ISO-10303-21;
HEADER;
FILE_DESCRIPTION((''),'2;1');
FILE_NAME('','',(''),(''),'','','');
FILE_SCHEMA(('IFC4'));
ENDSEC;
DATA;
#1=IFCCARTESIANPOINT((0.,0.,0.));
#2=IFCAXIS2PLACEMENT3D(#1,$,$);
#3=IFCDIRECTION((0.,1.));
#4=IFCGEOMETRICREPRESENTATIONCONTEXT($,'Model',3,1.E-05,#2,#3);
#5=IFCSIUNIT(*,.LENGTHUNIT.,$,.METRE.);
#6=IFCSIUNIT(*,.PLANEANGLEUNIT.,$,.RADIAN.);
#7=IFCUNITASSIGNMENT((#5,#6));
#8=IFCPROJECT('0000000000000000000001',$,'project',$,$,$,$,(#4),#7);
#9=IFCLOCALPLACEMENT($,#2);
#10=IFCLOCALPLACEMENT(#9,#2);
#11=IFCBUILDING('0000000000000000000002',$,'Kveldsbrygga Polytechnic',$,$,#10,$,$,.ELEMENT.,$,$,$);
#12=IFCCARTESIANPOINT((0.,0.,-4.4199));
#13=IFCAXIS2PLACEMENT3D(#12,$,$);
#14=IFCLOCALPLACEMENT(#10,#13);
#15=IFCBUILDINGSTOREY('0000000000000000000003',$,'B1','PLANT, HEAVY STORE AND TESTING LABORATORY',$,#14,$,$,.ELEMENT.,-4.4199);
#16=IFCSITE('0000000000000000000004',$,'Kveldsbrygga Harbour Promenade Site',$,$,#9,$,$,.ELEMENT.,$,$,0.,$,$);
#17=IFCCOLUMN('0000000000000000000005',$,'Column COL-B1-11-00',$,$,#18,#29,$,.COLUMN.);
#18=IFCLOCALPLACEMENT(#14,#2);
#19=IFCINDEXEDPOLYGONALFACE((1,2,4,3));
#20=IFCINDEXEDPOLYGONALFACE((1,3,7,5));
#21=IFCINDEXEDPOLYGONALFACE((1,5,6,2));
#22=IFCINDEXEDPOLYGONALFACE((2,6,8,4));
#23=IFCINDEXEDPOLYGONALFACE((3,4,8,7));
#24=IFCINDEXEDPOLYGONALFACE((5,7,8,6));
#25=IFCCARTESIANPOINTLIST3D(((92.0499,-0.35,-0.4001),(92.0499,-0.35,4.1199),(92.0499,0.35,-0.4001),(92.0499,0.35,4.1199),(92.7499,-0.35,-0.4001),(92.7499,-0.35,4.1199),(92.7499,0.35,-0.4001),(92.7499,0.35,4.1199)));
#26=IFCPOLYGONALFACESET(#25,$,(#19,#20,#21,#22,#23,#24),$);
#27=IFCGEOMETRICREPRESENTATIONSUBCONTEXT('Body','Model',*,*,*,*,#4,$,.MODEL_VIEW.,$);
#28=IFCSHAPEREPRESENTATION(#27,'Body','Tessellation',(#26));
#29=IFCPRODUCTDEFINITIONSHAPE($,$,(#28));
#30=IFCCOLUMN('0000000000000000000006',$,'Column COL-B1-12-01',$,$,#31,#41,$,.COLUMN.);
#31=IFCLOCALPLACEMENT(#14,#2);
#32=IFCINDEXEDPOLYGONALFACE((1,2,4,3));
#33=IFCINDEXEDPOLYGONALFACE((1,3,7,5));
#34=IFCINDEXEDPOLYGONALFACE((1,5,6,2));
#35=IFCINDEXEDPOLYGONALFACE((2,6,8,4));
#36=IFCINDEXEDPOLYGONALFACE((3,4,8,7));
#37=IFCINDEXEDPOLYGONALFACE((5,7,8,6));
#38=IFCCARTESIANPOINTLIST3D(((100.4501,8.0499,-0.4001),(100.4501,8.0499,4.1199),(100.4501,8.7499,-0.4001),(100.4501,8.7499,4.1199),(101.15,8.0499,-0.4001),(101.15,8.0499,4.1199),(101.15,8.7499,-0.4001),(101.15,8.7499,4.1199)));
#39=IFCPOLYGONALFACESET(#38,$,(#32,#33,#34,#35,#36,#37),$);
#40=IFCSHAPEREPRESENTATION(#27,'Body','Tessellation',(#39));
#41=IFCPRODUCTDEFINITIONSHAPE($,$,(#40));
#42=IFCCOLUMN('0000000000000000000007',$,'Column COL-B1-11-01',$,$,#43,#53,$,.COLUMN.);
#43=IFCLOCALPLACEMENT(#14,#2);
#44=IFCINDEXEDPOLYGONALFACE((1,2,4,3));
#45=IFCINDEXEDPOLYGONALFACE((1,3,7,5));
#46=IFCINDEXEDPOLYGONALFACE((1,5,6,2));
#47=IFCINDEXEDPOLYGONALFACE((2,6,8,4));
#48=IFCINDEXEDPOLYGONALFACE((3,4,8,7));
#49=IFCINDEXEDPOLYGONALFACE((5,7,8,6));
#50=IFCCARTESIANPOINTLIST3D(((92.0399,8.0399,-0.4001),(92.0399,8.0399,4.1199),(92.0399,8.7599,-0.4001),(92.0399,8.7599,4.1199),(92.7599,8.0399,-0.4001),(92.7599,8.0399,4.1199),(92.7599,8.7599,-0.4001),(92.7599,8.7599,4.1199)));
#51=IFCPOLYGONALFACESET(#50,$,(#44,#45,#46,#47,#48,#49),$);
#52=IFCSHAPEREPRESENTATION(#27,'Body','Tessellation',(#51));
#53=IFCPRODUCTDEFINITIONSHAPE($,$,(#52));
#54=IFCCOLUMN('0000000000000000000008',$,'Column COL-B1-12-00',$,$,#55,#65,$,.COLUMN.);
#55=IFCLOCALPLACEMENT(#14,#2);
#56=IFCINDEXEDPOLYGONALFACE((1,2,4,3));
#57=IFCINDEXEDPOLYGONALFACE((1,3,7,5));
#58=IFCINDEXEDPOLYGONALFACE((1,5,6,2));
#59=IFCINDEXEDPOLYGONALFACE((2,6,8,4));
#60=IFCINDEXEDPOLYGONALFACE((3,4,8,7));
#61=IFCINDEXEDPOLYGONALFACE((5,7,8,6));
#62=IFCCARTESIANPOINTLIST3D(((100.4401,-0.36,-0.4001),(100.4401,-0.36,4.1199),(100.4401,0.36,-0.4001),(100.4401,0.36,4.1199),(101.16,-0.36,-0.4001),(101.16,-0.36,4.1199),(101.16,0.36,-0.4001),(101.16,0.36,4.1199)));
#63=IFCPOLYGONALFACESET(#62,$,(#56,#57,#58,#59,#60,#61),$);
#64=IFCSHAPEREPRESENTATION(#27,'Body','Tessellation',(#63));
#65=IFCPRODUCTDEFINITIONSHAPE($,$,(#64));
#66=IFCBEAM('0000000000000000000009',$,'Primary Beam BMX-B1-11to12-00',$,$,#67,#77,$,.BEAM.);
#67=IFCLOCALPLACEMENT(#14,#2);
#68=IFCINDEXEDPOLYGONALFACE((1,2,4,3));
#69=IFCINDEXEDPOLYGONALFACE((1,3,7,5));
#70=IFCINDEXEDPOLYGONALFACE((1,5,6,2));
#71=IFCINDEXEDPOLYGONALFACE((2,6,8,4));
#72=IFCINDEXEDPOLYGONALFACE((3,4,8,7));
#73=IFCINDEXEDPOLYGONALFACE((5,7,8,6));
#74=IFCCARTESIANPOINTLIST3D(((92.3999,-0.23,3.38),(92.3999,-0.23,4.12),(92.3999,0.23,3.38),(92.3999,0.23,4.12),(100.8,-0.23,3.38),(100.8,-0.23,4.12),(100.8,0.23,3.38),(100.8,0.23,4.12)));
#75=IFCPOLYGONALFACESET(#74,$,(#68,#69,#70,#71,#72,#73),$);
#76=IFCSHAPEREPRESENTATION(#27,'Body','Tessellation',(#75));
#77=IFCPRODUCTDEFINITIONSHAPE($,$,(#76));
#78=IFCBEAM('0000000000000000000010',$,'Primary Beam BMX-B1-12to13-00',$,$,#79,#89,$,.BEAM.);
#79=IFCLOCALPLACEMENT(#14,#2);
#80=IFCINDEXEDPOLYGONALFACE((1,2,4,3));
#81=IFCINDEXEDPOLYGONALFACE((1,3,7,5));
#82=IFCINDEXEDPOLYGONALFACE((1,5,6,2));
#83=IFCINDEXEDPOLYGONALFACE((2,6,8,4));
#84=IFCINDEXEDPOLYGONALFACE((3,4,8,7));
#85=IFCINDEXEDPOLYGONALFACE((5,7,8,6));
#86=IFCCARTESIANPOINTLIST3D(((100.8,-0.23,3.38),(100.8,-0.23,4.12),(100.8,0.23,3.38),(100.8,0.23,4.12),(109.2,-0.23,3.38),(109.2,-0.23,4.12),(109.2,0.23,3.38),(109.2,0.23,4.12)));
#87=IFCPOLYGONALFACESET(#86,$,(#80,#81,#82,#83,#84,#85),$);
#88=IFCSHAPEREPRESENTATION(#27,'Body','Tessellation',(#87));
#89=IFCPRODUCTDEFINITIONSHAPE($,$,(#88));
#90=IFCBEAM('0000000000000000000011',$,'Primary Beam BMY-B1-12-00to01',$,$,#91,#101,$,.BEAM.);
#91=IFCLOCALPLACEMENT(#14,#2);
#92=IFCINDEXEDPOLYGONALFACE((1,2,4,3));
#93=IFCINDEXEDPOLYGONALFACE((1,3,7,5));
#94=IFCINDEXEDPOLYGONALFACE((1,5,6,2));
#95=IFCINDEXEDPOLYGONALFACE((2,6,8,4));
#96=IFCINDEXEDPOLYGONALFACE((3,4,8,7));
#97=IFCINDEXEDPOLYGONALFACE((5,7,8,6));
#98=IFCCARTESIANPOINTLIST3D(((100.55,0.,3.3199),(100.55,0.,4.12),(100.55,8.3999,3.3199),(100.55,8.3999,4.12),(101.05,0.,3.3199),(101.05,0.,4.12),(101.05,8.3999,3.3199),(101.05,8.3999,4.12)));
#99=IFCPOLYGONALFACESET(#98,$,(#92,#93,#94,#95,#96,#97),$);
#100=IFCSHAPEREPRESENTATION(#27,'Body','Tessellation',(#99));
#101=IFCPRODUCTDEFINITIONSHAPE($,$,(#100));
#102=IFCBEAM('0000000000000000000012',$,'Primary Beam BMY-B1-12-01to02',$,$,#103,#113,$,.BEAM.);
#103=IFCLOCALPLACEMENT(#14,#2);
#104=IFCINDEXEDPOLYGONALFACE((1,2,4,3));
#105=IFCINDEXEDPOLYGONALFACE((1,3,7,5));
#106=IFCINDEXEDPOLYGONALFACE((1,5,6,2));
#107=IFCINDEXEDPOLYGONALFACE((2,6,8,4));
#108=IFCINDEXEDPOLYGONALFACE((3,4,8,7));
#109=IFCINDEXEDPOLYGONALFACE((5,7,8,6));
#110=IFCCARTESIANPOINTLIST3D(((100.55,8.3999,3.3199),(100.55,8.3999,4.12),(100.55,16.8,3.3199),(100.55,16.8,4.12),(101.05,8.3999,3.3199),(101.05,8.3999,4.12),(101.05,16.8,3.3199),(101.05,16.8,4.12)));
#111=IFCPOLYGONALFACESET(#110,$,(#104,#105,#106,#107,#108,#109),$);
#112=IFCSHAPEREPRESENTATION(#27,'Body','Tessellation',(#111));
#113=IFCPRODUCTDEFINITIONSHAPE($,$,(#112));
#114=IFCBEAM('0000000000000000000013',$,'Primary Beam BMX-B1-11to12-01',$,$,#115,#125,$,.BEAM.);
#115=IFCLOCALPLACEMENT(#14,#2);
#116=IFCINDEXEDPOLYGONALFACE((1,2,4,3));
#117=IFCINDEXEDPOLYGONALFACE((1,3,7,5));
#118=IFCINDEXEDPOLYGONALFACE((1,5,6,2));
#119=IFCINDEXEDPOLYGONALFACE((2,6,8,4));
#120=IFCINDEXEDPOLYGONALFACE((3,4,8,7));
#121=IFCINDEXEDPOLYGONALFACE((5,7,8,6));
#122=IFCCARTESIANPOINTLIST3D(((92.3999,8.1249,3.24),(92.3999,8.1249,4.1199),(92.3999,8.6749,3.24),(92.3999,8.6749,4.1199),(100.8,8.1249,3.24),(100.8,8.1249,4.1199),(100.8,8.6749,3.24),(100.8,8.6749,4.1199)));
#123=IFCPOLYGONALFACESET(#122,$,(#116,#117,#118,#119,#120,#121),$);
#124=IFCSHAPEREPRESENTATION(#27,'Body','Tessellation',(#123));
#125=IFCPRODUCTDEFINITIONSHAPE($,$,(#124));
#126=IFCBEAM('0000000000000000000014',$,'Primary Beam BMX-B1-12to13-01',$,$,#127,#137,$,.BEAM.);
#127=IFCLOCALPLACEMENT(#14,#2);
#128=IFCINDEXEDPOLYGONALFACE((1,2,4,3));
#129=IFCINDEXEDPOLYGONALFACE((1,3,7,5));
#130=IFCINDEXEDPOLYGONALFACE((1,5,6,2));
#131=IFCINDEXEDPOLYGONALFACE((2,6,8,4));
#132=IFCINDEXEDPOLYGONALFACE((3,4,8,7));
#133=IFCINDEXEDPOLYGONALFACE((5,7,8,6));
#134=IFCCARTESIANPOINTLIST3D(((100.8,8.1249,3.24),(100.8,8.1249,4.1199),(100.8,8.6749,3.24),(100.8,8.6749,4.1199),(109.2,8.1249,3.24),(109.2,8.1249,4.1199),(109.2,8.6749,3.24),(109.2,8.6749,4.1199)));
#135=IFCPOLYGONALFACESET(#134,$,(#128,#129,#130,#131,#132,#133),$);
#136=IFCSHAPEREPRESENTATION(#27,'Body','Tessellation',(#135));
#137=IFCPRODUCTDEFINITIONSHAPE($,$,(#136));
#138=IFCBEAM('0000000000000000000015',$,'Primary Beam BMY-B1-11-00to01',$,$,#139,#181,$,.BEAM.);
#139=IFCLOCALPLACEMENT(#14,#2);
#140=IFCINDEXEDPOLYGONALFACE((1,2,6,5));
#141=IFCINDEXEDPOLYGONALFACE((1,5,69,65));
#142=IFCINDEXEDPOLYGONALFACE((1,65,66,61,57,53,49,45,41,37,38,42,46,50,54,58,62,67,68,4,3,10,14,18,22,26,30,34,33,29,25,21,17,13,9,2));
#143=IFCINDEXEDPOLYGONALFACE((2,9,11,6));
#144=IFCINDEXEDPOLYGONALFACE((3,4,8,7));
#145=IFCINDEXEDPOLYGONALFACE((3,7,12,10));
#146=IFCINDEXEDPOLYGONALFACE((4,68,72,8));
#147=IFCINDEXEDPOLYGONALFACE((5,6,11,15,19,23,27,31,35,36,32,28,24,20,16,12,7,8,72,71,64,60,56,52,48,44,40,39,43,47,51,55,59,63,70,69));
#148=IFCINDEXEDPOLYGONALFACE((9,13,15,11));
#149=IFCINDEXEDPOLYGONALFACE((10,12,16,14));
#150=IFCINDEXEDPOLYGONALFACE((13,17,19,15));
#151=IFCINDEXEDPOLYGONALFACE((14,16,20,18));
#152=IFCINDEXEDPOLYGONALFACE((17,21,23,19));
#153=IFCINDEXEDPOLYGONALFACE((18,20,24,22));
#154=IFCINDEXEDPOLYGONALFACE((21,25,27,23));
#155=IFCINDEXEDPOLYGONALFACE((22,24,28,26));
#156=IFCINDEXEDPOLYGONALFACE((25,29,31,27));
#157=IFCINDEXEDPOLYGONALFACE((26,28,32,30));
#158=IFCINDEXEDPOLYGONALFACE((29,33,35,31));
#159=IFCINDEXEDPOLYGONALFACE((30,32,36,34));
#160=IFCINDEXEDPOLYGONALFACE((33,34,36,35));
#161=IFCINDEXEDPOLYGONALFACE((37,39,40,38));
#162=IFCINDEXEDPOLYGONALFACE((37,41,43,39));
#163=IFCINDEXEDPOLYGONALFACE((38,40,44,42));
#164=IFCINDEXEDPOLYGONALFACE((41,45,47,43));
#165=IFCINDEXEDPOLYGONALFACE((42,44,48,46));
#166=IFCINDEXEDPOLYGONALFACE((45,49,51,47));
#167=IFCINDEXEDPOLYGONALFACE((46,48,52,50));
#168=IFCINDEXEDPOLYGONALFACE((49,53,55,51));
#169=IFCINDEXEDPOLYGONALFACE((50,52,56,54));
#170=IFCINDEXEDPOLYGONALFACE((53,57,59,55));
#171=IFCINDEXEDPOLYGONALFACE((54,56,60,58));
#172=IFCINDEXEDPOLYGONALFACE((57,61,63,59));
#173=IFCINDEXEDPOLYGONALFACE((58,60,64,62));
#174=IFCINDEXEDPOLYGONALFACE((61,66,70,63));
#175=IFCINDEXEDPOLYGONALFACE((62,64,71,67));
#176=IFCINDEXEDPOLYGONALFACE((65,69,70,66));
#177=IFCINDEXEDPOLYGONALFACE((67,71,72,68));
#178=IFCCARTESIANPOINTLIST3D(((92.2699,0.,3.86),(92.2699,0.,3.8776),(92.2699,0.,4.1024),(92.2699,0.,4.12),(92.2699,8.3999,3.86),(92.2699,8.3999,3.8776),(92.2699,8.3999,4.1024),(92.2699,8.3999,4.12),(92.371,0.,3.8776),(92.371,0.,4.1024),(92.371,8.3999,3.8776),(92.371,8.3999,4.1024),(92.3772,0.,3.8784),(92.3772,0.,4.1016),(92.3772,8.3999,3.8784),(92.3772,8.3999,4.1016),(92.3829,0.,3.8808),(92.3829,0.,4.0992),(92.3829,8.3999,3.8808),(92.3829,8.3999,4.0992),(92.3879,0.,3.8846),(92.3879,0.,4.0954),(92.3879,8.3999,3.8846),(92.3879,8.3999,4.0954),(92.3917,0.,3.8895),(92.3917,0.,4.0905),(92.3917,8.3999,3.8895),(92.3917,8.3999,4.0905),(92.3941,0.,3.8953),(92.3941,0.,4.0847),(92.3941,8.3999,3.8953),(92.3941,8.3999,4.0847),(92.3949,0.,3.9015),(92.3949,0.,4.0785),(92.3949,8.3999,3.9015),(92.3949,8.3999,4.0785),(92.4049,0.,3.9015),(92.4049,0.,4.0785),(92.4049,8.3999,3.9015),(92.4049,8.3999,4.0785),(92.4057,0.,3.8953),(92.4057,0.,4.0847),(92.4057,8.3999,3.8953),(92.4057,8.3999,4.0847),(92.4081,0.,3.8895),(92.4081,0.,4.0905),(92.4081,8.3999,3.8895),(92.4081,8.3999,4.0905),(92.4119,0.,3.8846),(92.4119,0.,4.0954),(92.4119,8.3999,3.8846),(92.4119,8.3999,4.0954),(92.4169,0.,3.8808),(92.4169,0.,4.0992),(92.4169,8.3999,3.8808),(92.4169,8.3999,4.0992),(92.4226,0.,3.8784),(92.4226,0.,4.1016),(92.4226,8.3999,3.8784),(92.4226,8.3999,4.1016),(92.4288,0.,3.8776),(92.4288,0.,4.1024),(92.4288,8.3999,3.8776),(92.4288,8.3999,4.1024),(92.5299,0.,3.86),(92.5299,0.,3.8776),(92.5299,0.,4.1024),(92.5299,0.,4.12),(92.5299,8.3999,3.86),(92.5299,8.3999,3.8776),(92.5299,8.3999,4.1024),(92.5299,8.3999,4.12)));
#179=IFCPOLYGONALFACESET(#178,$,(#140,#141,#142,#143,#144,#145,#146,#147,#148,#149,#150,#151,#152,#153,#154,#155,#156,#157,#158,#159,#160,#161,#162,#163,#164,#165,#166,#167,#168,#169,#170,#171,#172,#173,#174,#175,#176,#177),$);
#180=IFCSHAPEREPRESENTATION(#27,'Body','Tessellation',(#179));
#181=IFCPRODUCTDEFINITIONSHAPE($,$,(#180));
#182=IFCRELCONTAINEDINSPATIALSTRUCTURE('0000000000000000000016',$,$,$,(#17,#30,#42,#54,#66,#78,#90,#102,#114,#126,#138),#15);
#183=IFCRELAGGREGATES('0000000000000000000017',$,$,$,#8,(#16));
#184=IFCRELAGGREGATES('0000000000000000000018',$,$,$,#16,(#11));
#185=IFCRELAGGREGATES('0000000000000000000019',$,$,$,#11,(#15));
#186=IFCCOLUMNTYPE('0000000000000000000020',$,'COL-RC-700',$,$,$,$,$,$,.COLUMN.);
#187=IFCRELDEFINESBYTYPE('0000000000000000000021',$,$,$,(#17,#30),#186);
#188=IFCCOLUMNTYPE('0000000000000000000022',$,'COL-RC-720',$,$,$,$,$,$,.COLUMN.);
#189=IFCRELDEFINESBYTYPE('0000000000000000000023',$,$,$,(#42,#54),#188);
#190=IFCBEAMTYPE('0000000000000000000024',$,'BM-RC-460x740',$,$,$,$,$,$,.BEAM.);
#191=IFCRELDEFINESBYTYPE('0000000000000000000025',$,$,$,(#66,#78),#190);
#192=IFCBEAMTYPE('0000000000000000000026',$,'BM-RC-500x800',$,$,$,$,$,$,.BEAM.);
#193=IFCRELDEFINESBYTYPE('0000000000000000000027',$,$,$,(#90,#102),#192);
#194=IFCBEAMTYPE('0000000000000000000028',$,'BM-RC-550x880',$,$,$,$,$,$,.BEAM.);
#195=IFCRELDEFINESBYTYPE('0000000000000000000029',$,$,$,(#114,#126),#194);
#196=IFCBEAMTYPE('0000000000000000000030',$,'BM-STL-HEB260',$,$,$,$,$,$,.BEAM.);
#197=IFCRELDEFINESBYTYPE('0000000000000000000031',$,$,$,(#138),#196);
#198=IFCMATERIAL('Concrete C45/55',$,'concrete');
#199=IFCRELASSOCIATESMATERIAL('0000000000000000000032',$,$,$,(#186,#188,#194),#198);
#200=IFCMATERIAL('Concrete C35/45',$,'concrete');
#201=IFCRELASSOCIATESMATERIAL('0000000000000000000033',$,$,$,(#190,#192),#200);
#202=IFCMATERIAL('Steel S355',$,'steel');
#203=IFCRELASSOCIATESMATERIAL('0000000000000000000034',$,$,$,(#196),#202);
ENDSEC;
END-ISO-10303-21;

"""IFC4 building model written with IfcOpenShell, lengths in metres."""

from ifc_helpers import new_model, si_unit, direction, frame, origin, origin_2d, place, context, subcontext, project, spatial, rectangle, i_section, extrude, material, material_profile, profile_set, type_object, element, save


model = new_model("IFC4")

# Units and contexts
model_context = context("Model", 3, precision=1e-05, world=origin(), true_north=direction((0.0, 1.0)))
body_context = subcontext(model_context, "Body", "Model", "MODEL_VIEW")
ifc_project = project(units=[si_unit("LENGTHUNIT", "METRE"), si_unit("PLANEANGLEUNIT", "RADIAN")], contexts=[model_context])

# Site, building, storey
site_placement = place(None, origin())
site = spatial("IfcSite", under=ifc_project, at=site_placement, Name="Kveldsbrygga Harbour Promenade Site", CompositionType="ELEMENT", RefElevation=0.0)
building_placement = place(site_placement, origin())
building = spatial("IfcBuilding", under=site, at=building_placement, Name="Kveldsbrygga Polytechnic", CompositionType="ELEMENT")
storey_placement = place(building_placement, frame((0.0, 0.0, -4.4199)))
storey = spatial("IfcBuildingStorey", under=building, at=storey_placement, Name="B1", Description="PLANT, HEAVY STORE AND TESTING LABORATORY", CompositionType="ELEMENT", Elevation=-4.4199)

# Shared definitions
ifc_material_1 = material(Name="Concrete C45/55", Category="concrete")

# Columns
ifc_material_profile_1 = material_profile(ifc_material_1, rectangle(XDim=0.7, YDim=0.7, at=origin_2d()), Name="RC 700x700")
ifc_profile_set_1 = profile_set([ifc_material_profile_1], Name="Concrete C45/55")
column_type_1 = type_object("IfcColumnType", Name="COL-RC-700", PredefinedType="COLUMN", material=ifc_profile_set_1)
for number, where, z_axis, x_axis, name in (
    (1, (92.3999, 0.0, -0.4001), (0.0, 0.0, 1.0), (1.0, 0.0, 0.0), "Column COL-B1-11-00"),
    (2, (100.8, 8.3999, -0.4001), (0.0, 0.0, 1.0), (1.0, 0.0, 0.0), "Column COL-B1-12-01"),
):
    element("IfcColumn", number, at=place(storey_placement, frame(where, z_axis=z_axis, x_axis=x_axis)), inside=storey, type_object=column_type_1, Name=name, PredefinedType="COLUMN", context=body_context, shape_type="SweptSolid", body=[
        extrude(rectangle(XDim=0.7, YDim=0.7, at=origin_2d()), origin(), (0.0, 0.0, 1.0), 4.52),
    ])
ifc_material_profile_2 = material_profile(ifc_material_1, rectangle(XDim=0.72, YDim=0.72, at=origin_2d()), Name="RC 720x720")
ifc_profile_set_2 = profile_set([ifc_material_profile_2], Name="Concrete C45/55")
column_type_2 = type_object("IfcColumnType", Name="COL-RC-720", PredefinedType="COLUMN", material=ifc_profile_set_2)
for number, where, z_axis, x_axis, name in (
    (3, (92.3999, 8.3999, -0.4001), (0.0, 0.0, 1.0), (1.0, 0.0, 0.0), "Column COL-B1-11-01"),
    (4, (100.8, 0.0, -0.4001), (0.0, 0.0, 1.0), (1.0, 0.0, 0.0), "Column COL-B1-12-00"),
):
    element("IfcColumn", number, at=place(storey_placement, frame(where, z_axis=z_axis, x_axis=x_axis)), inside=storey, type_object=column_type_2, Name=name, PredefinedType="COLUMN", context=body_context, shape_type="SweptSolid", body=[
        extrude(rectangle(XDim=0.72, YDim=0.72, at=origin_2d()), origin(), (0.0, 0.0, 1.0), 4.52),
    ])

# Beams
ifc_material_2 = material(Name="Concrete C35/45", Category="concrete")
ifc_material_profile_3 = material_profile(ifc_material_2, rectangle(XDim=0.46, YDim=0.74, at=origin_2d()), Name="RC 460x740")
ifc_profile_set_3 = profile_set([ifc_material_profile_3], Name="Concrete C35/45")
beam_type_1 = type_object("IfcBeamType", Name="BM-RC-460x740", PredefinedType="BEAM", material=ifc_profile_set_3)
beam_1_placement = place(storey_placement, frame((92.3999, 0.0, 3.75), z_axis=(1.0, 0.0, 0.0), x_axis=(0.0, 1.0, 0.0)))
element("IfcBeam", 5, at=beam_1_placement, inside=storey, type_object=beam_type_1, Name="Primary Beam BMX-B1-11to12-00", PredefinedType="BEAM", context=body_context, shape_type="SweptSolid", body=[
    extrude(rectangle(XDim=0.46, YDim=0.74, at=origin_2d()), origin(), (0.0, 0.0, 1.0), 8.4001),
])
beam_2_placement = place(storey_placement, frame((100.8, 0.0, 3.75), z_axis=(1.0, 0.0, 0.0), x_axis=(0.0, 1.0, 0.0)))
element("IfcBeam", 6, at=beam_2_placement, inside=storey, type_object=beam_type_1, Name="Primary Beam BMX-B1-12to13-00", PredefinedType="BEAM", context=body_context, shape_type="SweptSolid", body=[
    extrude(rectangle(XDim=0.46, YDim=0.74, at=origin_2d()), origin(), (0.0, 0.0, 1.0), 8.3999),
])
ifc_material_profile_4 = material_profile(ifc_material_2, rectangle(XDim=0.5, YDim=0.8, at=origin_2d()), Name="RC 500x800")
ifc_profile_set_4 = profile_set([ifc_material_profile_4], Name="Concrete C35/45")
beam_type_2 = type_object("IfcBeamType", Name="BM-RC-500x800", PredefinedType="BEAM", material=ifc_profile_set_4)
beam_3_placement = place(storey_placement, frame((100.8, 0.0, 3.72), z_axis=(0.0, 1.0, 0.0), x_axis=(-1.0, 0.0, 0.0)))
element("IfcBeam", 7, at=beam_3_placement, inside=storey, type_object=beam_type_2, Name="Primary Beam BMY-B1-12-00to01", PredefinedType="BEAM", context=body_context, shape_type="SweptSolid", body=[
    extrude(rectangle(XDim=0.5, YDim=0.8, at=origin_2d()), origin(), (0.0, 0.0, 1.0), 8.3999),
])
beam_4_placement = place(storey_placement, frame((100.8, 8.3999, 3.72), z_axis=(0.0, 1.0, 0.0), x_axis=(-1.0, 0.0, 0.0)))
element("IfcBeam", 8, at=beam_4_placement, inside=storey, type_object=beam_type_2, Name="Primary Beam BMY-B1-12-01to02", PredefinedType="BEAM", context=body_context, shape_type="SweptSolid", body=[
    extrude(rectangle(XDim=0.5, YDim=0.8, at=origin_2d()), origin(), (0.0, 0.0, 1.0), 8.4001),
])
ifc_material_profile_5 = material_profile(ifc_material_1, rectangle(XDim=0.55, YDim=0.8799, at=origin_2d()), Name="RC 550x880")
ifc_profile_set_5 = profile_set([ifc_material_profile_5], Name="Concrete C45/55")
beam_type_3 = type_object("IfcBeamType", Name="BM-RC-550x880", PredefinedType="BEAM", material=ifc_profile_set_5)
beam_5_placement = place(storey_placement, frame((92.3999, 8.3999, 3.6799), z_axis=(1.0, 0.0, 0.0), x_axis=(0.0, 1.0, 0.0)))
element("IfcBeam", 9, at=beam_5_placement, inside=storey, type_object=beam_type_3, Name="Primary Beam BMX-B1-11to12-01", PredefinedType="BEAM", context=body_context, shape_type="SweptSolid", body=[
    extrude(rectangle(XDim=0.55, YDim=0.8799, at=origin_2d()), origin(), (0.0, 0.0, 1.0), 8.4001),
])
beam_6_placement = place(storey_placement, frame((100.8, 8.3999, 3.6799), z_axis=(1.0, 0.0, 0.0), x_axis=(0.0, 1.0, 0.0)))
element("IfcBeam", 10, at=beam_6_placement, inside=storey, type_object=beam_type_3, Name="Primary Beam BMX-B1-12to13-01", PredefinedType="BEAM", context=body_context, shape_type="SweptSolid", body=[
    extrude(rectangle(XDim=0.55, YDim=0.8799, at=origin_2d()), origin(), (0.0, 0.0, 1.0), 8.3999),
])
ifc_material_3 = material(Name="Steel S355", Category="steel")
ifc_material_profile_6 = material_profile(ifc_material_3, i_section(OverallWidth=0.26, OverallDepth=0.26, WebThickness=0.01, FlangeThickness=0.0176, FilletRadius=0.0239, at=origin_2d()), Name="HEB 260")
ifc_profile_set_6 = profile_set([ifc_material_profile_6], Name="Steel S355")
beam_type_4 = type_object("IfcBeamType", Name="BM-STL-HEB260", PredefinedType="BEAM", material=ifc_profile_set_6)
beam_7_placement = place(storey_placement, frame((92.3999, 0.0, 3.99), z_axis=(0.0, 1.0, 0.0), x_axis=(-1.0, 0.0, 0.0)))
element("IfcBeam", 11, at=beam_7_placement, inside=storey, type_object=beam_type_4, Name="Primary Beam BMY-B1-11-00to01", PredefinedType="BEAM", context=body_context, shape_type="SweptSolid", body=[
    extrude(i_section(OverallWidth=0.26, OverallDepth=0.26, WebThickness=0.01, FlangeThickness=0.0176, FilletRadius=0.0239, at=origin_2d()), origin(), (0.0, 0.0, 1.0), 8.3999),
])

save(model, "model.ifc")
